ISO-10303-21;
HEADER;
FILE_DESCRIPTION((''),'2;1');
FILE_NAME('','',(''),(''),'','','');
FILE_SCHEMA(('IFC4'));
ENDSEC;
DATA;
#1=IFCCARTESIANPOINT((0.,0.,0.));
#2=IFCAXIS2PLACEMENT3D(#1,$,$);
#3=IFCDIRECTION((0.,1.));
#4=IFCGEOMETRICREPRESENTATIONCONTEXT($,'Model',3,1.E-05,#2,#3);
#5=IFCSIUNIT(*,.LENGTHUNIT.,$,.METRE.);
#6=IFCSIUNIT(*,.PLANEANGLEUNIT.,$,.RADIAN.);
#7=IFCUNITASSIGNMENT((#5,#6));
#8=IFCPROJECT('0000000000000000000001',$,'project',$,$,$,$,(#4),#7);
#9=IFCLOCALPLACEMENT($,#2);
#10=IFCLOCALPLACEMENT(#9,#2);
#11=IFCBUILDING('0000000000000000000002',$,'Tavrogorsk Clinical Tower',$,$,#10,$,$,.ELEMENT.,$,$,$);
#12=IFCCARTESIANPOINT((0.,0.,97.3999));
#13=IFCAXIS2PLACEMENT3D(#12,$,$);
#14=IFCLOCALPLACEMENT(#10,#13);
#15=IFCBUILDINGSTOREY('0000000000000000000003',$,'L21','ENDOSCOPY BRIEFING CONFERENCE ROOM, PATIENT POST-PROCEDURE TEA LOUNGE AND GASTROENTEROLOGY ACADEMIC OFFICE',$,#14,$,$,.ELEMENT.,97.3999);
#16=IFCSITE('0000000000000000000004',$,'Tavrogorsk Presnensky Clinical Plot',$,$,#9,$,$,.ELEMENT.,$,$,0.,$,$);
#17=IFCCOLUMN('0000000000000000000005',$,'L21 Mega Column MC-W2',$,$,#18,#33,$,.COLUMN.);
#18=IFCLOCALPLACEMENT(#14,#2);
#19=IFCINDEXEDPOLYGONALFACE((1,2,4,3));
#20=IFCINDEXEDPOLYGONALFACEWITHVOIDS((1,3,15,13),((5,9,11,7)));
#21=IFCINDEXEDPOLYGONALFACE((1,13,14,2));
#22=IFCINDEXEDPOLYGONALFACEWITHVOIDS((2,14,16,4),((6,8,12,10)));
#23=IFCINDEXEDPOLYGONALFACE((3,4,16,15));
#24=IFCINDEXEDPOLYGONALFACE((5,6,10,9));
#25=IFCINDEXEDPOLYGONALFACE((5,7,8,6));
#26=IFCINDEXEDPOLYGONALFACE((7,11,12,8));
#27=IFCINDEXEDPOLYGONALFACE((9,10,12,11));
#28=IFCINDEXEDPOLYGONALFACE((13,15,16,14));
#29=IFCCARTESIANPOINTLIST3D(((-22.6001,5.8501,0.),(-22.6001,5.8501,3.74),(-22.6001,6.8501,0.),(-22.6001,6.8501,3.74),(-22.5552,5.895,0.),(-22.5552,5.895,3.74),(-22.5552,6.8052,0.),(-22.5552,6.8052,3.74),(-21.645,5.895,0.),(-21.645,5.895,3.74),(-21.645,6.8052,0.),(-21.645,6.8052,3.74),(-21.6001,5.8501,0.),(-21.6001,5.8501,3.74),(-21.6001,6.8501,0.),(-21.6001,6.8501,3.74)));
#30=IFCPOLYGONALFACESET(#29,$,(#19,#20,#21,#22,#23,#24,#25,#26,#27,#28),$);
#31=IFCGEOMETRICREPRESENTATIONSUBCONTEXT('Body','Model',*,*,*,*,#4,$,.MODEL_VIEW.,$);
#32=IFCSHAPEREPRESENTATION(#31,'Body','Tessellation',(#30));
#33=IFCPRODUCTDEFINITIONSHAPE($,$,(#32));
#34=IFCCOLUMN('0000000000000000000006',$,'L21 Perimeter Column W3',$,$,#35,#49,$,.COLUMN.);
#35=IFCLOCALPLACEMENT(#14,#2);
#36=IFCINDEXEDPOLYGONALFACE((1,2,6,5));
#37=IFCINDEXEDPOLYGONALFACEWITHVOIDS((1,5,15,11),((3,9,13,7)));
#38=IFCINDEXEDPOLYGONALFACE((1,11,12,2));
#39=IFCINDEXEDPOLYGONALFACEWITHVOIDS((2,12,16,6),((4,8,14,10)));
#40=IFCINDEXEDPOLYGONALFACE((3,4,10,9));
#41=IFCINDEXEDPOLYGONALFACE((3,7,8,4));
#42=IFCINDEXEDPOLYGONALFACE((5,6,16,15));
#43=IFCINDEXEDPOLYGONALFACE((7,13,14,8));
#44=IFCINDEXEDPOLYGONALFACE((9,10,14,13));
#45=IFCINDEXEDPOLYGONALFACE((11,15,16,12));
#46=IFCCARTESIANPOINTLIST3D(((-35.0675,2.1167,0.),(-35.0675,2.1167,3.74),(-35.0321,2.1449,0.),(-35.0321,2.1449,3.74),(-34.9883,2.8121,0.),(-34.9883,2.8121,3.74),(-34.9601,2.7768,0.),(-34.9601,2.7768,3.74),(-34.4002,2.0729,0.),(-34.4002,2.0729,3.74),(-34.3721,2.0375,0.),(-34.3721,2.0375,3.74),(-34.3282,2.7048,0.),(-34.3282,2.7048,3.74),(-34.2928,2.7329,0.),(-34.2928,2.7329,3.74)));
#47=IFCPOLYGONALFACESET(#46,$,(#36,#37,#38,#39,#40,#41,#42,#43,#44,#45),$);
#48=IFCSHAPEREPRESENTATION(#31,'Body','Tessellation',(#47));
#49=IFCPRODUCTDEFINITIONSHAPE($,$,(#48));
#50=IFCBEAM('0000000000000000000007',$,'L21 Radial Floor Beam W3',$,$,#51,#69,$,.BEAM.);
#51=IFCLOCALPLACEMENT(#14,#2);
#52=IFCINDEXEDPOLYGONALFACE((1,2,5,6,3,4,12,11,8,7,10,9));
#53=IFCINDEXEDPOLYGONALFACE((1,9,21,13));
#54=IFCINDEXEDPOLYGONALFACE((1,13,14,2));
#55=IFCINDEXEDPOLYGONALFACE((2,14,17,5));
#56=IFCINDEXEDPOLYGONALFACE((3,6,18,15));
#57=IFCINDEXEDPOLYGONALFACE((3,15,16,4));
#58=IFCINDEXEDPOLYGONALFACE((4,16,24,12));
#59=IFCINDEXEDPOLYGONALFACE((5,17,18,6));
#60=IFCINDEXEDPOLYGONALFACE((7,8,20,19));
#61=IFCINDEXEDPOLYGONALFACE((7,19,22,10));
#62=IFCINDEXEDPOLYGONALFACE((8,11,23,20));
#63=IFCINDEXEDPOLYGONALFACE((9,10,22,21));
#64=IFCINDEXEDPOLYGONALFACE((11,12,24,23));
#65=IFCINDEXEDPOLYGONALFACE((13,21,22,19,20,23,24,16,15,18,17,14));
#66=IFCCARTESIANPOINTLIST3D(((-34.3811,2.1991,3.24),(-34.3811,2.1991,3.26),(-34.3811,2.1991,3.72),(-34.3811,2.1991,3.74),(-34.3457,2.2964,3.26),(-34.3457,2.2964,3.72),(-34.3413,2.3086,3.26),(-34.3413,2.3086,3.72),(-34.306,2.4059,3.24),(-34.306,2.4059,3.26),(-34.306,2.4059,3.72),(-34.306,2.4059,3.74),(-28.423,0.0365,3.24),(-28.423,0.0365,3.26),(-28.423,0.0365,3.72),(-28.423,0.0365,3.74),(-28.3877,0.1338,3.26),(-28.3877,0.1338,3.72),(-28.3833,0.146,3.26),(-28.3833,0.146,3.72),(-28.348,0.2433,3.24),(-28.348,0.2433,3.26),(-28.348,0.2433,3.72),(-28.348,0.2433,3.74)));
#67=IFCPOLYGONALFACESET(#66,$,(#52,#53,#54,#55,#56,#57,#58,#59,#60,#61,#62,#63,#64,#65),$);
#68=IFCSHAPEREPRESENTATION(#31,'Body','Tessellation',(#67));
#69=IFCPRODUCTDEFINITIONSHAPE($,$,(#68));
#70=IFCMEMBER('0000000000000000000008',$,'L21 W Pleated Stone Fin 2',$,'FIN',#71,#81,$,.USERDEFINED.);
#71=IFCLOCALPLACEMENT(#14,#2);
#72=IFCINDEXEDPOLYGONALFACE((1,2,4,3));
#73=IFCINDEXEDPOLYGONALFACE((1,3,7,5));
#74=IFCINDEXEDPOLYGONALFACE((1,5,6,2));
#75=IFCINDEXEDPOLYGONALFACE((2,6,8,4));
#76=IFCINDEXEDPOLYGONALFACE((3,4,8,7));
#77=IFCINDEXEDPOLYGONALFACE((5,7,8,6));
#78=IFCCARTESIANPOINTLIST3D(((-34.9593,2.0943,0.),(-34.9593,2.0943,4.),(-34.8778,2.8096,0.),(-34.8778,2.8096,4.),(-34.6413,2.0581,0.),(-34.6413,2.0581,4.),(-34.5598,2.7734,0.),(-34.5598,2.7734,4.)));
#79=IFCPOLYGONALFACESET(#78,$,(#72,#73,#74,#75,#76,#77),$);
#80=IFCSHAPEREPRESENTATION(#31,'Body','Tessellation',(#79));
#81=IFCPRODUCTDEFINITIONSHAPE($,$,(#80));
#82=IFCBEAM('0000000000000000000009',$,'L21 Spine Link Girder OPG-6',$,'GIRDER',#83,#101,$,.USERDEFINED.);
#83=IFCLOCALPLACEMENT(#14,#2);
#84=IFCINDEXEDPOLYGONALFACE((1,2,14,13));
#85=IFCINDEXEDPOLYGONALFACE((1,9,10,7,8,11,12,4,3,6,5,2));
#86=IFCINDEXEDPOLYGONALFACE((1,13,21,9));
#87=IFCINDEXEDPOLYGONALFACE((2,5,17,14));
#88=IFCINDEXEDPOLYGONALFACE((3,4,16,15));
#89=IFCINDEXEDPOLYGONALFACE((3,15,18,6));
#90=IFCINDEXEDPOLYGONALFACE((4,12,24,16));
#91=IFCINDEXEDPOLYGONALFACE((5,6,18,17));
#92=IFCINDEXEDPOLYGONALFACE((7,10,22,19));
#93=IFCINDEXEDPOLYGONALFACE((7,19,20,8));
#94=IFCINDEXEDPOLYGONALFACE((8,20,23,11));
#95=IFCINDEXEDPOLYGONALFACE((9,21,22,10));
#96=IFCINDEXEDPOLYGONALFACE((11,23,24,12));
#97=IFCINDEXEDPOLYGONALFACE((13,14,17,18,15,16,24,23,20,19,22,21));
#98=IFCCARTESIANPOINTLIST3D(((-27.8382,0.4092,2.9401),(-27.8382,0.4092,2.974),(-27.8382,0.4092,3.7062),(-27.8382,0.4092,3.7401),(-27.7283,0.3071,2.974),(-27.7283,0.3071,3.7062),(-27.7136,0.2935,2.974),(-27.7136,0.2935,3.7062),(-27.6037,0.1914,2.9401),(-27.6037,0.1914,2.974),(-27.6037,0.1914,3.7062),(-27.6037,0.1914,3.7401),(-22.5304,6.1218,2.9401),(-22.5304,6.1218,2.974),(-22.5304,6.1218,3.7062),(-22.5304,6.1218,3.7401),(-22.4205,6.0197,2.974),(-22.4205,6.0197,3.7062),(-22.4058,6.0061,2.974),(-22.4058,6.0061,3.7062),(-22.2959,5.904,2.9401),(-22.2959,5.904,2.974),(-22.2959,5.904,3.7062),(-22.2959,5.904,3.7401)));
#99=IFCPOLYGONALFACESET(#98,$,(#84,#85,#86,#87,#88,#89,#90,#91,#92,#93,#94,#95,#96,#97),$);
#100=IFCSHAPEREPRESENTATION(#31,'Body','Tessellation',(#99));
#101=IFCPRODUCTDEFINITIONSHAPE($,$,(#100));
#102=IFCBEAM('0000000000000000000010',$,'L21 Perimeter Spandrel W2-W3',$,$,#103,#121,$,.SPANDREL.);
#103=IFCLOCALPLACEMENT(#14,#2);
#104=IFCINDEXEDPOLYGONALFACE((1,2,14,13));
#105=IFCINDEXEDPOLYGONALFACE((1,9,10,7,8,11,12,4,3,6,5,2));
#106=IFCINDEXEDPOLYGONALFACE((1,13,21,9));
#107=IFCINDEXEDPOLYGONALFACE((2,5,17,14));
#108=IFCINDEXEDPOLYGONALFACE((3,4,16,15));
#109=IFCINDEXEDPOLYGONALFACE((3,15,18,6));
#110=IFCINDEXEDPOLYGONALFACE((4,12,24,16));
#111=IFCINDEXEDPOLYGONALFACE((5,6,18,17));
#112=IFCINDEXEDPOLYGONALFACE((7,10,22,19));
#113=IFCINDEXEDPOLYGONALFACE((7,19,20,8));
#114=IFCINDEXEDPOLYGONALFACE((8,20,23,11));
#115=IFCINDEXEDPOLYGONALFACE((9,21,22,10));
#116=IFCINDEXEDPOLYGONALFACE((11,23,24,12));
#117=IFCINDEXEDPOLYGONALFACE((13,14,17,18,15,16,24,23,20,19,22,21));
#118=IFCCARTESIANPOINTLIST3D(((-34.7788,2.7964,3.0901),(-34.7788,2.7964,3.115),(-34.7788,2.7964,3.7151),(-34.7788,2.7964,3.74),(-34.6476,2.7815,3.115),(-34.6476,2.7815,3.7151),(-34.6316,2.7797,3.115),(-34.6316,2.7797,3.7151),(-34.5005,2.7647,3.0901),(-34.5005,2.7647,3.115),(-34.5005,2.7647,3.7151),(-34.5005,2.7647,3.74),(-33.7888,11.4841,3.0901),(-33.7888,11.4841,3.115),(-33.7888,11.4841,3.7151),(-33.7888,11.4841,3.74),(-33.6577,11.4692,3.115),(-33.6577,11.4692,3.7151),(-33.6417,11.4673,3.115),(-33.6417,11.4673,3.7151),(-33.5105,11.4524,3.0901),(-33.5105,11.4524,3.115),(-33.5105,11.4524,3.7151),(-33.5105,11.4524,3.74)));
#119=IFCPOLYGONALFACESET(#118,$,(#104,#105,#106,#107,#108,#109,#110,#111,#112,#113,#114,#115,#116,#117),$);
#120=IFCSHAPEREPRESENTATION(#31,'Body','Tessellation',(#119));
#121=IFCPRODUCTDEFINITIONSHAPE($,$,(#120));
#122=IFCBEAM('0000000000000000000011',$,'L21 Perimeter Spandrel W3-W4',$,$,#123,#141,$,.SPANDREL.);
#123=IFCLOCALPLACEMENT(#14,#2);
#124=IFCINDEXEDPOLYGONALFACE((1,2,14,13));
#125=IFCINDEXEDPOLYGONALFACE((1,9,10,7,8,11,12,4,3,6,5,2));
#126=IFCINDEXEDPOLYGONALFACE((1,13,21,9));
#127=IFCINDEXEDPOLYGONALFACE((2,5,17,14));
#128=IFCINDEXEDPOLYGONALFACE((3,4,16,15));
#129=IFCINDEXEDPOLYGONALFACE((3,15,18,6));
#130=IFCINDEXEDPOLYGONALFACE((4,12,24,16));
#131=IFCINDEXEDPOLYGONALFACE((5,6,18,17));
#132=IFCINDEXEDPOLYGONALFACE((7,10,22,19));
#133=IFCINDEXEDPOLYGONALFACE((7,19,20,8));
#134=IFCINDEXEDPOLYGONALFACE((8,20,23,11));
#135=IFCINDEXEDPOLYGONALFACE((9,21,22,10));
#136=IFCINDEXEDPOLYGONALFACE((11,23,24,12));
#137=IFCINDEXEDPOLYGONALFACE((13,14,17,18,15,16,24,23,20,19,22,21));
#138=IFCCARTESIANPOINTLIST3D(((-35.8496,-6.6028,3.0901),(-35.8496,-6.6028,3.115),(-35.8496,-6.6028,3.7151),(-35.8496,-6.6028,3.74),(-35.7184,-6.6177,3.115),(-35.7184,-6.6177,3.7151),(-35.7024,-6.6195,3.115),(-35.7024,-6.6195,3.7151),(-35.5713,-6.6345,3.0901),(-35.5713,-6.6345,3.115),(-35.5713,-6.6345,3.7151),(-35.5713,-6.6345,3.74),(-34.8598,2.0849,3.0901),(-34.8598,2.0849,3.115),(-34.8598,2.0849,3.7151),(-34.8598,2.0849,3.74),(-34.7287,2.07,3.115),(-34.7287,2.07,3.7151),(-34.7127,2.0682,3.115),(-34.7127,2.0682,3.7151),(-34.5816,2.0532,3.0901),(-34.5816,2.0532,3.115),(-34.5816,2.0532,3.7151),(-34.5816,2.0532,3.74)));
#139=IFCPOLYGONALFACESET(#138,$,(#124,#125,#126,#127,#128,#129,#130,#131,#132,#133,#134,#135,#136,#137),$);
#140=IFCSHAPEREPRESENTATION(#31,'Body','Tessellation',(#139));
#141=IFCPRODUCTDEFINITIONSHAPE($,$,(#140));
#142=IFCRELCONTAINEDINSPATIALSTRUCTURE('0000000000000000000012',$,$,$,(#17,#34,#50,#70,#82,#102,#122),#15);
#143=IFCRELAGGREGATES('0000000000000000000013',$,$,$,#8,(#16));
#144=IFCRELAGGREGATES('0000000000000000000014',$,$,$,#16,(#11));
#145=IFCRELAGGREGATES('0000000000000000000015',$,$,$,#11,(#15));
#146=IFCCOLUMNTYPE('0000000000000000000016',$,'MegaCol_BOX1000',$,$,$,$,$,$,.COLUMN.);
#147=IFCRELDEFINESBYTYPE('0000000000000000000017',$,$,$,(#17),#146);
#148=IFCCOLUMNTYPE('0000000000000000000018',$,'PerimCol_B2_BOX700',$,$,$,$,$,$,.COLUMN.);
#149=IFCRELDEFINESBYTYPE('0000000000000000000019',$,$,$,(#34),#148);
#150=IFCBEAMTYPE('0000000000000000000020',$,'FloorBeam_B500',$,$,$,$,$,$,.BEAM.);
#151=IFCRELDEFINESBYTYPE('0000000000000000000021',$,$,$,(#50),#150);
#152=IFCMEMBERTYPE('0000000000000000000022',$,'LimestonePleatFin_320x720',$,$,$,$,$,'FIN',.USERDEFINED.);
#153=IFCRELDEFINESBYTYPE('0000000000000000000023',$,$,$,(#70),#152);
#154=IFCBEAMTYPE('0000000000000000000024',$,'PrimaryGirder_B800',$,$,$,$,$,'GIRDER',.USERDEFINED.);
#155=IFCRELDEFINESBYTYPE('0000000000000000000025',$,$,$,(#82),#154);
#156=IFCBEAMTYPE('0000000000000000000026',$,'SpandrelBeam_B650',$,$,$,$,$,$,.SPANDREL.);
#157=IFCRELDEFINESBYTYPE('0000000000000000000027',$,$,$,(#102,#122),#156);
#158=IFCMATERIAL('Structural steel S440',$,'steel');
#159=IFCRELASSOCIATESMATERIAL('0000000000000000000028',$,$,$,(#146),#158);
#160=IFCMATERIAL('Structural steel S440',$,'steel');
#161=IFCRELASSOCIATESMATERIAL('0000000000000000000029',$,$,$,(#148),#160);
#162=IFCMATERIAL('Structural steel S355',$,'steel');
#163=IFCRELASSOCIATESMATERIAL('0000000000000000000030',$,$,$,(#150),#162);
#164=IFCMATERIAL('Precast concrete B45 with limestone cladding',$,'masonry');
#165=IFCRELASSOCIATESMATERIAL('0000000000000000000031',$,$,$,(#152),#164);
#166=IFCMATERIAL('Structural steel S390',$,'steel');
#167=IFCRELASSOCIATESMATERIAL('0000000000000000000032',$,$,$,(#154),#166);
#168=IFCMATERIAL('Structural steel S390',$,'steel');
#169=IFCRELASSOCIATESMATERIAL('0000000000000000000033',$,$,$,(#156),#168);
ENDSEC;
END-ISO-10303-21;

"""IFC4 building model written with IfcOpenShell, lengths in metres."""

from ifc_helpers import new_model, si_unit, direction, frame, origin, origin_2d, place, context, subcontext, project, spatial, rectangle, hollow_rectangle, i_section, extrude, material, material_profile, profile_set, type_object, element, save


model = new_model("IFC4")

# Units and contexts
model_context = context("Model", 3, precision=1e-05, world=origin(), true_north=direction((0.0, 1.0)))
body_context = subcontext(model_context, "Body", "Model", "MODEL_VIEW")
ifc_project = project(units=[si_unit("LENGTHUNIT", "METRE"), si_unit("PLANEANGLEUNIT", "RADIAN")], contexts=[model_context])

# Site, building, storey
site_placement = place(None, origin())
site = spatial("IfcSite", under=ifc_project, at=site_placement, Name="Tavrogorsk Presnensky Clinical Plot", CompositionType="ELEMENT", RefElevation=0.0)
building_placement = place(site_placement, origin())
building = spatial("IfcBuilding", under=site, at=building_placement, Name="Tavrogorsk Clinical Tower", CompositionType="ELEMENT")
storey_placement = place(building_placement, frame((0.0, 0.0, 97.3999)))
storey = spatial("IfcBuildingStorey", under=building, at=storey_placement, Name="L21", Description="ENDOSCOPY BRIEFING CONFERENCE ROOM, PATIENT POST-PROCEDURE TEA LOUNGE AND GASTROENTEROLOGY ACADEMIC OFFICE", CompositionType="ELEMENT", Elevation=97.3999)

# Columns
ifc_material_1 = material(Name="Structural steel S440", Category="steel")
ifc_material_profile_1 = material_profile(ifc_material_1, hollow_rectangle(XDim=1.0, YDim=1.0, WallThickness=0.0449, at=origin_2d()), Name="BOX-1000x1000x45")
ifc_profile_set_1 = profile_set([ifc_material_profile_1], Name="Structural steel S440")
column_type_1 = type_object("IfcColumnType", Name="MegaCol_BOX1000", PredefinedType="COLUMN", material=ifc_profile_set_1)
column_1_placement = place(storey_placement, frame((-22.1001, 6.3501, 0.0), z_axis=(0.0, 0.0, 1.0), x_axis=(1.0, 0.0, 0.0)))
element("IfcColumn", 1, at=column_1_placement, inside=storey, type_object=column_type_1, Name="L21 Mega Column MC-W2", PredefinedType="COLUMN", context=body_context, shape_type="SweptSolid", body=[
    extrude(hollow_rectangle(XDim=1.0, YDim=1.0, WallThickness=0.0449, at=origin_2d()), origin(), (0.0, 0.0, 1.0), 3.74),
])
ifc_material_2 = material(Name="Structural steel S440", Category="steel")
ifc_material_profile_2 = material_profile(ifc_material_2, hollow_rectangle(XDim=0.7, YDim=0.7, WallThickness=0.032, at=origin_2d()), Name="BOX-700x700x32")
ifc_profile_set_2 = profile_set([ifc_material_profile_2], Name="Structural steel S440")
column_type_2 = type_object("IfcColumnType", Name="PerimCol_B2_BOX700", PredefinedType="COLUMN", material=ifc_profile_set_2)
column_2_placement = place(storey_placement, frame((-34.6802, 2.4248, 0.0), z_axis=(0.0, 0.0, 1.0), x_axis=(0.993572, -0.113203, 0.0)))
element("IfcColumn", 2, at=column_2_placement, inside=storey, type_object=column_type_2, Name="L21 Perimeter Column W3", PredefinedType="COLUMN", context=body_context, shape_type="SweptSolid", body=[
    extrude(hollow_rectangle(XDim=0.7, YDim=0.7, WallThickness=0.032, at=origin_2d()), origin(), (0.0, 0.0, 1.0), 3.74),
])

# Beam
ifc_material_3 = material(Name="Structural steel S355", Category="steel")
ifc_material_profile_3 = material_profile(ifc_material_3, i_section(OverallWidth=0.22, OverallDepth=0.5, WebThickness=0.0129, FlangeThickness=0.02, at=origin_2d()), Name="B-500x220x13x20")
ifc_profile_set_3 = profile_set([ifc_material_profile_3], Name="Structural steel S355")
beam_type_1 = type_object("IfcBeamType", Name="FloorBeam_B500", PredefinedType="BEAM", material=ifc_profile_set_3)
beam_1_placement = place(storey_placement, frame((-28.3855, 0.1399, 3.49), z_axis=(-0.939993, 0.341193, 0.0), x_axis=(-0.341193, -0.939993, 0.0)))
element("IfcBeam", 3, at=beam_1_placement, inside=storey, type_object=beam_type_1, Name="L21 Radial Floor Beam W3", PredefinedType="BEAM", context=body_context, shape_type="SweptSolid", body=[
    extrude(i_section(OverallWidth=0.22, OverallDepth=0.5, WebThickness=0.0129, FlangeThickness=0.02, at=origin_2d()), origin(), (0.0, 0.0, 1.0), 6.3384),
])

# Member
ifc_material_4 = material(Name="Precast concrete B45 with limestone cladding", Category="masonry")
ifc_material_profile_4 = material_profile(ifc_material_4, rectangle(XDim=0.3201, YDim=0.72, at=origin_2d()), Name="LIMESTONE-FIN-320x720")
ifc_profile_set_4 = profile_set([ifc_material_profile_4], Name="Precast concrete B45 with limestone cladding")
member_type = type_object("IfcMemberType", Name="LimestonePleatFin_320x720", ElementType="FIN", PredefinedType="USERDEFINED", material=ifc_profile_set_4)
member_placement = place(storey_placement, frame((-34.7595, 2.4338, 0.0), z_axis=(0.0, 0.0, 1.0), x_axis=(0.993572, -0.113203, 0.0)))
element("IfcMember", 4, at=member_placement, inside=storey, type_object=member_type, Name="L21 W Pleated Stone Fin 2", ObjectType="FIN", PredefinedType="USERDEFINED", context=body_context, shape_type="SweptSolid", body=[
    extrude(rectangle(XDim=0.3201, YDim=0.72, at=origin_2d()), origin(), (0.0, 0.0, 1.0), 4.0),
])

# Beams
ifc_material_5 = material(Name="Structural steel S390", Category="steel")
ifc_material_profile_5 = material_profile(ifc_material_5, i_section(OverallWidth=0.3201, OverallDepth=0.8, WebThickness=0.02, FlangeThickness=0.0339, at=origin_2d()), Name="B-800x320x20x34")
ifc_profile_set_5 = profile_set([ifc_material_profile_5], Name="Structural steel S390")
beam_type_2 = type_object("IfcBeamType", Name="PrimaryGirder_B800", ElementType="GIRDER", PredefinedType="USERDEFINED", material=ifc_profile_set_5)
beam_2_placement = place(storey_placement, frame((-27.7209, 0.3003, 3.3401), z_axis=(0.680676, 0.732585, 0.0), x_axis=(-0.732585, 0.680676, 0.0)))
element("IfcBeam", 5, at=beam_2_placement, inside=storey, type_object=beam_type_2, Name="L21 Spine Link Girder OPG-6", ObjectType="GIRDER", PredefinedType="USERDEFINED", context=body_context, shape_type="SweptSolid", body=[
    extrude(i_section(OverallWidth=0.3201, OverallDepth=0.8, WebThickness=0.02, FlangeThickness=0.0339, at=origin_2d()), origin(), (0.0, 0.0, 1.0), 7.7979),
])
ifc_material_6 = material(Name="Structural steel S390", Category="steel")
ifc_material_profile_6 = material_profile(ifc_material_6, i_section(OverallWidth=0.28, OverallDepth=0.6499, WebThickness=0.0161, FlangeThickness=0.0249, at=origin_2d()), Name="B-650x280x16x25")
ifc_profile_set_6 = profile_set([ifc_material_profile_6], Name="Structural steel S390")
beam_type_3 = type_object("IfcBeamType", Name="SpandrelBeam_B650", PredefinedType="SPANDREL", material=ifc_profile_set_6)
for number, where, z_axis, x_axis, name in (
    (6, (-33.6497, 11.4683, 3.415), (-0.11322, -0.99357, 0.0), (0.99357, -0.11322, 0.0), "L21 Perimeter Spandrel W2-W3"),
    (7, (-34.7207, 2.0691, 3.415), (-0.113192, -0.993573, 0.0), (0.993573, -0.113192, 0.0), "L21 Perimeter Spandrel W3-W4"),
):
    element("IfcBeam", number, at=place(storey_placement, frame(where, z_axis=z_axis, x_axis=x_axis)), inside=storey, type_object=beam_type_3, Name=name, PredefinedType="SPANDREL", context=body_context, shape_type="SweptSolid", body=[
        extrude(i_section(OverallWidth=0.28, OverallDepth=0.6499, WebThickness=0.0161, FlangeThickness=0.0249, at=origin_2d()), origin(), (0.0, 0.0, 1.0), 8.7439),
    ])

save(model, "model.ifc")
